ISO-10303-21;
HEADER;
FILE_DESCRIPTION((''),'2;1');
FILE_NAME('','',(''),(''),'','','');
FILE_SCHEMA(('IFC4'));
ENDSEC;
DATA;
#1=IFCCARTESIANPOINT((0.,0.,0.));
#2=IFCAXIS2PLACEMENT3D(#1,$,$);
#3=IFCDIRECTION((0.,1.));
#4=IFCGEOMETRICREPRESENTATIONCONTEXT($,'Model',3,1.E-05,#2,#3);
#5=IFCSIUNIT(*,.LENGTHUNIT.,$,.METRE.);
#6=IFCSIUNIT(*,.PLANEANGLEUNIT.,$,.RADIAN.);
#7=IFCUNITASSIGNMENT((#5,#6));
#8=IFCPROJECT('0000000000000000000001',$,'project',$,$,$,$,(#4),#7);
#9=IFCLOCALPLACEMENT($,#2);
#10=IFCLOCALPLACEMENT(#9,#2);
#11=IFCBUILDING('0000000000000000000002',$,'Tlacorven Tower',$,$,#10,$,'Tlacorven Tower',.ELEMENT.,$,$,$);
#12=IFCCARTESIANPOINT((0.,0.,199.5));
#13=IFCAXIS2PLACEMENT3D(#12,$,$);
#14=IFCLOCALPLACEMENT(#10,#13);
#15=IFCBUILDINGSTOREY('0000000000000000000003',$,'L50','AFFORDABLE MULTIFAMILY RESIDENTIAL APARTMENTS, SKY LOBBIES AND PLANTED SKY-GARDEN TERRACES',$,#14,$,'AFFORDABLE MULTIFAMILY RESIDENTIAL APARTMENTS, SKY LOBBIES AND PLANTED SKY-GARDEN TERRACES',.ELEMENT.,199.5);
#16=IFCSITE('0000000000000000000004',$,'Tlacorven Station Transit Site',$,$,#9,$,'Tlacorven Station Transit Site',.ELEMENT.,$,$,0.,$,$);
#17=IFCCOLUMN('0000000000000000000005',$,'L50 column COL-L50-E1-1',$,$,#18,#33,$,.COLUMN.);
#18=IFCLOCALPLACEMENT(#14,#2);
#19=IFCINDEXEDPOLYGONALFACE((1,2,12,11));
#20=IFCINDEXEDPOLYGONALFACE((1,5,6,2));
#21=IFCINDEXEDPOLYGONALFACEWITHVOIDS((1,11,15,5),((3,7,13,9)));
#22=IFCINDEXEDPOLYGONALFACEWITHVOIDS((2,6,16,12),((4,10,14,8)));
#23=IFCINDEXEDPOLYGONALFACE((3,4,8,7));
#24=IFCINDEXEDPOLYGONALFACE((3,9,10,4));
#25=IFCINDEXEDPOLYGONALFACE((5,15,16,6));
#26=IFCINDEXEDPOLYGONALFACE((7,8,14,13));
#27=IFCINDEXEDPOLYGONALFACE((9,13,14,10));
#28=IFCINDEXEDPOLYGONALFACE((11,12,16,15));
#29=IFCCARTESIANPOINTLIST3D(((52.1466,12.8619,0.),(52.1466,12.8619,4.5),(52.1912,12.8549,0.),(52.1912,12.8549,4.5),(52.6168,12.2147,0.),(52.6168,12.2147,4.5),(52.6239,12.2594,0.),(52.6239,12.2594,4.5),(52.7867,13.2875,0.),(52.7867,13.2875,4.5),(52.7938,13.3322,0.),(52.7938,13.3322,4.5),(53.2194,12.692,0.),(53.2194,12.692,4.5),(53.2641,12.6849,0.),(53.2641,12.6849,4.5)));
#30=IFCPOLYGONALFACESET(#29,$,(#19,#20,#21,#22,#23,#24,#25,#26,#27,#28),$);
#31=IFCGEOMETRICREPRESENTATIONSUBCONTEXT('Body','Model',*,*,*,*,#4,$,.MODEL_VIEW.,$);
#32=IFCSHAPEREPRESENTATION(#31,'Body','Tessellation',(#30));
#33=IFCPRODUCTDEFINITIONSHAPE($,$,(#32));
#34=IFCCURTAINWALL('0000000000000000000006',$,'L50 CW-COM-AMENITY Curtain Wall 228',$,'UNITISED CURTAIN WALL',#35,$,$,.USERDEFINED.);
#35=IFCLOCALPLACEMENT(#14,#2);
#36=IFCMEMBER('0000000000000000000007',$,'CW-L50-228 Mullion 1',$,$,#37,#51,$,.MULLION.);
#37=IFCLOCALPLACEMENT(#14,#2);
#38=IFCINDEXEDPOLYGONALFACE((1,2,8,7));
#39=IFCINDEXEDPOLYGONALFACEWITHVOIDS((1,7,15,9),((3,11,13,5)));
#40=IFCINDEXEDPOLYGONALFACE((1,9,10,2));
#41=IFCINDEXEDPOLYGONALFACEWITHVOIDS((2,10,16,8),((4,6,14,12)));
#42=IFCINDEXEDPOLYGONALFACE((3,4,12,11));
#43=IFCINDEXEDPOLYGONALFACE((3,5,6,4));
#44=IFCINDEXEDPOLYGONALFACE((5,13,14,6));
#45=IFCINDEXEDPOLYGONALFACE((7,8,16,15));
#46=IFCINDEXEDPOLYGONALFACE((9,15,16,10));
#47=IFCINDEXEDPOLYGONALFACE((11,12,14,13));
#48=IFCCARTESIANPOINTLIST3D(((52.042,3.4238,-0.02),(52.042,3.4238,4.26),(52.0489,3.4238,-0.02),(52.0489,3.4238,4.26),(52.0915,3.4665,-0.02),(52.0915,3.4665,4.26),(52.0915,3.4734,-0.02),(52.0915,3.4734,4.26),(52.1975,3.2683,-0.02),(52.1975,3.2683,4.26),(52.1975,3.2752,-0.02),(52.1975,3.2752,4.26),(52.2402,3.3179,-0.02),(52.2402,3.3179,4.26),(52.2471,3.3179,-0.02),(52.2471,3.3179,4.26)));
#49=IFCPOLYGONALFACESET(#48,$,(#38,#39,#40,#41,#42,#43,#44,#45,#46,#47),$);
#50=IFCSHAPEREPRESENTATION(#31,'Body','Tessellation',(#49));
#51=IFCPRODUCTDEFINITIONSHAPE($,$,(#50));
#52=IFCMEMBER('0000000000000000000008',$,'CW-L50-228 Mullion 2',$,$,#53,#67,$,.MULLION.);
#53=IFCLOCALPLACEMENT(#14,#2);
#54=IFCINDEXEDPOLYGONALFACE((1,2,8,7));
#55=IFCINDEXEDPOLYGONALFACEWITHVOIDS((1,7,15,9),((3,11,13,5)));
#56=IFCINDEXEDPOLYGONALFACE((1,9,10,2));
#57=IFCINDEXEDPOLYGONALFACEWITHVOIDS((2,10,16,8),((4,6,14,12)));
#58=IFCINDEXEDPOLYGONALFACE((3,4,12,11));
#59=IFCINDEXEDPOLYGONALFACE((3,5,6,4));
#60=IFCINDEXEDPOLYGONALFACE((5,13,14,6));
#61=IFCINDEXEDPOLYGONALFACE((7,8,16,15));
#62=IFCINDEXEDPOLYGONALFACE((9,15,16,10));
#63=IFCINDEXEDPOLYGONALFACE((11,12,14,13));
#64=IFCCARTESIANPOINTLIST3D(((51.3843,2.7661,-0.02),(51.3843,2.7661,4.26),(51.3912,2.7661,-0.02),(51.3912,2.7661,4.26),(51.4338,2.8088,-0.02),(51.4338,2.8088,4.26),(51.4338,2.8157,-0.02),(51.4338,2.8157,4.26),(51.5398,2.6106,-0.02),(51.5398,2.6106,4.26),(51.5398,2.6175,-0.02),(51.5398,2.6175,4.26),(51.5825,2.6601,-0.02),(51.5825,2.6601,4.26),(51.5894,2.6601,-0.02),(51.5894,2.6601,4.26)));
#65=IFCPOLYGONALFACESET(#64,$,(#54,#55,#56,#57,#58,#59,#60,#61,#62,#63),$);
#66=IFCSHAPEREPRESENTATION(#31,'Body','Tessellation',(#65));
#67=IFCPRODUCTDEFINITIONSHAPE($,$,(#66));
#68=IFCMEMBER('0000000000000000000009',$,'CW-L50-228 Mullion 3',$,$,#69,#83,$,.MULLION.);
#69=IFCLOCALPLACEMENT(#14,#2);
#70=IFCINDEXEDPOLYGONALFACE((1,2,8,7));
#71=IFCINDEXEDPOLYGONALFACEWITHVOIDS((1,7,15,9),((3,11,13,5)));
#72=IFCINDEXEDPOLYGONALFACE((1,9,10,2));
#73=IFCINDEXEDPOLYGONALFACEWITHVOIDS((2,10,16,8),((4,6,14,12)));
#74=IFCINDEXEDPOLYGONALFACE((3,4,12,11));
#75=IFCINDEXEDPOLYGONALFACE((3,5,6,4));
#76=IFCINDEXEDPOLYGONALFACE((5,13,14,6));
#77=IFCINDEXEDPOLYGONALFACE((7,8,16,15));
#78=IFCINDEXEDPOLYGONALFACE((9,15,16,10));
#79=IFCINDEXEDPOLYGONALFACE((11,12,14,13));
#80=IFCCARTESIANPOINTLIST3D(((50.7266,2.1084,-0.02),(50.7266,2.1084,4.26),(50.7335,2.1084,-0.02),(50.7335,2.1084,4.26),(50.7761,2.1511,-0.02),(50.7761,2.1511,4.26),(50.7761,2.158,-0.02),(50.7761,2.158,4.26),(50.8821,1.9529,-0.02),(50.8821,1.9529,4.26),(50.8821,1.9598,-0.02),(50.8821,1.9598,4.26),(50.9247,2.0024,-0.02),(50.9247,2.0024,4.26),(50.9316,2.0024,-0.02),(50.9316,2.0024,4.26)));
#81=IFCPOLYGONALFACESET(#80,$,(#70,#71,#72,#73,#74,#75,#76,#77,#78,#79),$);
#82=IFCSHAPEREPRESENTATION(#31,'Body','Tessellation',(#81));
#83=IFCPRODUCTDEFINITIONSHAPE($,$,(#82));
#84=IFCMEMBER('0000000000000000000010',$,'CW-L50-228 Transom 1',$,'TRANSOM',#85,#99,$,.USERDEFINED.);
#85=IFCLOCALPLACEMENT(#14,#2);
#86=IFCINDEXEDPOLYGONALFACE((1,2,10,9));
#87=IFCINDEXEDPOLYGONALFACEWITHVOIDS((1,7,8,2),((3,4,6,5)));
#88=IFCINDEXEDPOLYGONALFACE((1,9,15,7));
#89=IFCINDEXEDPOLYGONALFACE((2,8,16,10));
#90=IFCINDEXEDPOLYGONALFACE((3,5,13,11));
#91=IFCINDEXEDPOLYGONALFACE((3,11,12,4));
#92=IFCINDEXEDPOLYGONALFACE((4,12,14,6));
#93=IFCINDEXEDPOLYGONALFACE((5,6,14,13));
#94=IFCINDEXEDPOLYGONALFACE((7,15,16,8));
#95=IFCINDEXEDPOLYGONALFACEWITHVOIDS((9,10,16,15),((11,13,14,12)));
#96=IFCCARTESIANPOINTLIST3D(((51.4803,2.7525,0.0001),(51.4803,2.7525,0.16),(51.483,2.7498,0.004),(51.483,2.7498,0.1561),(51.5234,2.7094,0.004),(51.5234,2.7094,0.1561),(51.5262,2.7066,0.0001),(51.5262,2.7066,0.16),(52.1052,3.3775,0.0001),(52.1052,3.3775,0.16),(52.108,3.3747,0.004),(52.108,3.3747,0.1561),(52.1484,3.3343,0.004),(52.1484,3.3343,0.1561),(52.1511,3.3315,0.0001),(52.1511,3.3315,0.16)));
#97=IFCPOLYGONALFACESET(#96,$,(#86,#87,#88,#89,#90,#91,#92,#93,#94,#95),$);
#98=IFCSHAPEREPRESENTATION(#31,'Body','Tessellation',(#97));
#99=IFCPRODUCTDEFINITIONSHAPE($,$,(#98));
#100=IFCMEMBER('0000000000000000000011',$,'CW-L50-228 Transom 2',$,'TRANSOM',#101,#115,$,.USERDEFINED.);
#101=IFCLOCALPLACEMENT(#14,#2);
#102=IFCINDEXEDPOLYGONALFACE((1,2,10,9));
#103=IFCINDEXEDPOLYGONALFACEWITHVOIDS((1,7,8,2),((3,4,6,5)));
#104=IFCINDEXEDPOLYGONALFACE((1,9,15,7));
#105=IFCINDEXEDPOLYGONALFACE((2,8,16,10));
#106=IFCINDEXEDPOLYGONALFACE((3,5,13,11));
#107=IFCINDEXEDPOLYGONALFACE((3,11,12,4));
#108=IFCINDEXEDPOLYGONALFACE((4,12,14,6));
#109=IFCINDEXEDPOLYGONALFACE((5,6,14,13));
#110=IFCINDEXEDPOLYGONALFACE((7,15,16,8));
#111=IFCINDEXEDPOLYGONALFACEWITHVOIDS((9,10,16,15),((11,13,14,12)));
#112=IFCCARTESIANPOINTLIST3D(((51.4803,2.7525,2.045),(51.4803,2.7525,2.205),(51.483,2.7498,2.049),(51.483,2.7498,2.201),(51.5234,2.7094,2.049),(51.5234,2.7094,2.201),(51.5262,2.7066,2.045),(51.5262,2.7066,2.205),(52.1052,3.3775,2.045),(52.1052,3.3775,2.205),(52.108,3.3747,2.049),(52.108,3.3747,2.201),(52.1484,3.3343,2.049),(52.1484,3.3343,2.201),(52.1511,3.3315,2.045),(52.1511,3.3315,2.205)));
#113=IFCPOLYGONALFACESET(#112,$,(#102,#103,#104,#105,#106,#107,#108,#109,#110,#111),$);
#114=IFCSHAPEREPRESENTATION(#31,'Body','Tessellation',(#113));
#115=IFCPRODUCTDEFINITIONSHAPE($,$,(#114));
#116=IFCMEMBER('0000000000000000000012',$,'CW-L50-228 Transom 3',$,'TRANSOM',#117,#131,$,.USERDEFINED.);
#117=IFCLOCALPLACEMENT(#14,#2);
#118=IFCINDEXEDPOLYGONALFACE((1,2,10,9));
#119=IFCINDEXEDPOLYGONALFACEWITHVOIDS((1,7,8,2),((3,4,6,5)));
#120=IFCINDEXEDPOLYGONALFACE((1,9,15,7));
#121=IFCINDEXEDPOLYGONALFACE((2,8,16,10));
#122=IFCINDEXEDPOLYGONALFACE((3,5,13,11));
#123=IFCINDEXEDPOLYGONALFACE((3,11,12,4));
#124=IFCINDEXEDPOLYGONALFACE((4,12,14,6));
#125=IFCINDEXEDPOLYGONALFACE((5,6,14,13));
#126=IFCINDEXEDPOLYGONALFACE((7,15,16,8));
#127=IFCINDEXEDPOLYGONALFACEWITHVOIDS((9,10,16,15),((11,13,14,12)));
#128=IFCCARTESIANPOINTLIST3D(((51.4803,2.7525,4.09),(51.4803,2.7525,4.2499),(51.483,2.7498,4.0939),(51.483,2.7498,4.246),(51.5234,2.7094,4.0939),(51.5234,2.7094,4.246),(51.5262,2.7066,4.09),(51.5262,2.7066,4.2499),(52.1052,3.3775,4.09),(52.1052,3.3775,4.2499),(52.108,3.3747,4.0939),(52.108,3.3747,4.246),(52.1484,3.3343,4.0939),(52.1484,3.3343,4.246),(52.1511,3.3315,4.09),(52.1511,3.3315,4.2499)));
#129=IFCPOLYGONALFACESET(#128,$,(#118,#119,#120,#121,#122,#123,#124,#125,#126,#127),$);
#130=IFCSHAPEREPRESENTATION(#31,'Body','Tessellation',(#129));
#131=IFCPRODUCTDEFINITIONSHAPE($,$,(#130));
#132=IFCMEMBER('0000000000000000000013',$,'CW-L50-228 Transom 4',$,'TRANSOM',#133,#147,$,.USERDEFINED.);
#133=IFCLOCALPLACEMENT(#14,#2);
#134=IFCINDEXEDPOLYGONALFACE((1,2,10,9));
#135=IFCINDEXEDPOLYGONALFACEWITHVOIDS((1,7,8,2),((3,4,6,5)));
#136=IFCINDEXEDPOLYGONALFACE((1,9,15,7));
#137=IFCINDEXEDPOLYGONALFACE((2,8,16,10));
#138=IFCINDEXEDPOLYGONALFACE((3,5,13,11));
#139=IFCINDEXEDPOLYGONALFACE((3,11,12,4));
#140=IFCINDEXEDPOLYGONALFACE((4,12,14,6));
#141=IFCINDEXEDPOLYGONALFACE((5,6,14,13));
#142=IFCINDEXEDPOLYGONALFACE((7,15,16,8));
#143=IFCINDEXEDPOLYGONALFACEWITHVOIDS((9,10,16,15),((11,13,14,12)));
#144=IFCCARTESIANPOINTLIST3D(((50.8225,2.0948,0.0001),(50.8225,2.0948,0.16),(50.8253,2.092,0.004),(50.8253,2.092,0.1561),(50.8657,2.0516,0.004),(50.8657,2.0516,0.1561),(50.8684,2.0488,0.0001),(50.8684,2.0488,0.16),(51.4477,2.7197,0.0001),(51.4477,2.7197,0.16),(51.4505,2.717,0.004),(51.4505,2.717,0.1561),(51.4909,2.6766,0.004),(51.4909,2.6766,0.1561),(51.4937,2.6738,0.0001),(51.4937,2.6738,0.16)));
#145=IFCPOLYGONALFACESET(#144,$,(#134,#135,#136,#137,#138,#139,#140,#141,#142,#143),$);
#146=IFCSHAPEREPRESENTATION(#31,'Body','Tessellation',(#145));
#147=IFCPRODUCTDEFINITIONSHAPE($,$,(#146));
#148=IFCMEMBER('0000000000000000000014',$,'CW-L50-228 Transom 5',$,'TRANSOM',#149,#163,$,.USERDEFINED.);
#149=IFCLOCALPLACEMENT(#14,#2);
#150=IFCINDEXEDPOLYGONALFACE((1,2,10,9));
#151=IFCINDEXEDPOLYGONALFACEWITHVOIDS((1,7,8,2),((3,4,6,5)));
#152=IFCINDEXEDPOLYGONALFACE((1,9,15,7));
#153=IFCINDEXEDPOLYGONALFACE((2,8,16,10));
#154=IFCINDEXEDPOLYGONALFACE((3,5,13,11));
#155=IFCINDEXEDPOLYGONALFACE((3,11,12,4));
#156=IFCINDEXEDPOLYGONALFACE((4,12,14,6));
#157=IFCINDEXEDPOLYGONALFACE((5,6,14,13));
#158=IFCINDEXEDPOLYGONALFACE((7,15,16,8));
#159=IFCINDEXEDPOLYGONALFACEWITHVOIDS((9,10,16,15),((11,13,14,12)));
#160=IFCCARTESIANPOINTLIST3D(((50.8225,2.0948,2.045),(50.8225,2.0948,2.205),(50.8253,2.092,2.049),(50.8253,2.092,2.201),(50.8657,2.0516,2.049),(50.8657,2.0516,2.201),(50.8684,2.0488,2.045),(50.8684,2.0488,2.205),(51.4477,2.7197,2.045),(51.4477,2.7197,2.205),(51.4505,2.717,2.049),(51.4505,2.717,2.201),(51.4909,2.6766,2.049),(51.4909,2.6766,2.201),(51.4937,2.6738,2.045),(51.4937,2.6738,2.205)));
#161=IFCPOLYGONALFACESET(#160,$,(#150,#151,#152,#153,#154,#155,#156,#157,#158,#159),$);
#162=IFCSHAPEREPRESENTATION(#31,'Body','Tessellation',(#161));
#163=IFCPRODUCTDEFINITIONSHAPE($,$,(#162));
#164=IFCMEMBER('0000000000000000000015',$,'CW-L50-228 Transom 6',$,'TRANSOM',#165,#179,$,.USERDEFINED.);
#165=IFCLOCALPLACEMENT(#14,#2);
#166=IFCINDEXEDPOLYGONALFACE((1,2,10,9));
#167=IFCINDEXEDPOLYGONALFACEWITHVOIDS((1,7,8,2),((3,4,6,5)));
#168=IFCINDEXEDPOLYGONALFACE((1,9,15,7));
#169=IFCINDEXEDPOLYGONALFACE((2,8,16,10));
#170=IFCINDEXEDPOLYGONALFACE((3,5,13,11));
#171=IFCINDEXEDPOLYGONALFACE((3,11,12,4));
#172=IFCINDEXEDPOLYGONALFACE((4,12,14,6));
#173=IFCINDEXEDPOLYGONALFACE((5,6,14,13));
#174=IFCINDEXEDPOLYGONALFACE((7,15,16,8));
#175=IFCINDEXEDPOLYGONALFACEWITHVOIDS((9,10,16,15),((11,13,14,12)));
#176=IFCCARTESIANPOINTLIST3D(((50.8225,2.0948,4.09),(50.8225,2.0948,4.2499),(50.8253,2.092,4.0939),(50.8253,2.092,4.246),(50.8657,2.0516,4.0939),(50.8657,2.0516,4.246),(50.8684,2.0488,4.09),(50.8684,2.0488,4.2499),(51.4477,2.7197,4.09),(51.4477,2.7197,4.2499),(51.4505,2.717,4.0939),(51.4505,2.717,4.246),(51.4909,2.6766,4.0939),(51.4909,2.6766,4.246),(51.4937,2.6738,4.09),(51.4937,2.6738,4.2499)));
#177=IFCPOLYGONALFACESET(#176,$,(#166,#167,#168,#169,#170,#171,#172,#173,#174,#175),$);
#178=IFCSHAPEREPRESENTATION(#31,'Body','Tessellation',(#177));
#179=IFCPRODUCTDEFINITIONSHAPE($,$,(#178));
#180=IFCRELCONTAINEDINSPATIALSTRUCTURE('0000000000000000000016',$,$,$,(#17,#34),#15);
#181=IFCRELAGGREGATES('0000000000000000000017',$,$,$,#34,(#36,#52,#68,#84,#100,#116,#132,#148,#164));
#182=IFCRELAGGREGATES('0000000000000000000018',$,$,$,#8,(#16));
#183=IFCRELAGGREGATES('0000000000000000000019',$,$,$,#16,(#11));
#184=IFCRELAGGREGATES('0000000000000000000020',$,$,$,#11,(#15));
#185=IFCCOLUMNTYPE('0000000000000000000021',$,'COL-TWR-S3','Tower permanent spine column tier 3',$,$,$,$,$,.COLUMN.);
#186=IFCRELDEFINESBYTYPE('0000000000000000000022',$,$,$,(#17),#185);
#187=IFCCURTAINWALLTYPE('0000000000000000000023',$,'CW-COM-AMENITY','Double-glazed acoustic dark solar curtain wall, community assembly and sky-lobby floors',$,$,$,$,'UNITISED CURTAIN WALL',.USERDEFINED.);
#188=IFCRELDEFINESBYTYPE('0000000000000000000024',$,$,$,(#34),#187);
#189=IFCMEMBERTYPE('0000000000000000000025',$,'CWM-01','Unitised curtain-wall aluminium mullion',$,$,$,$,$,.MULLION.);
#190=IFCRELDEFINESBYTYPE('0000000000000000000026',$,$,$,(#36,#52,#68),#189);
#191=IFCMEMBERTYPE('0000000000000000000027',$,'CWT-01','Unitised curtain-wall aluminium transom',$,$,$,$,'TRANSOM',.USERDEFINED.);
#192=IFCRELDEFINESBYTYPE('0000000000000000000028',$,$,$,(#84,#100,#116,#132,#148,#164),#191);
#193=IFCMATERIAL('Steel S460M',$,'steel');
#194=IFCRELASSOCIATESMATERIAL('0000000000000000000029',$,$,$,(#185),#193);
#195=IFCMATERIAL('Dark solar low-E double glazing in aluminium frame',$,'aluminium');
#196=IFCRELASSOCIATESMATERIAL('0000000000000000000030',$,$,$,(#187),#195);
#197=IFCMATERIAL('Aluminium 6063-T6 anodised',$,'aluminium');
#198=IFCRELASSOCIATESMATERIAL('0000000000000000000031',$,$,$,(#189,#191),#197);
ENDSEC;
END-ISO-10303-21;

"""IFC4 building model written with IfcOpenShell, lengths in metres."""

from ifc_helpers import new_model, si_unit, direction, frame, origin, origin_2d, place, context, subcontext, project, spatial, hollow_rectangle, extrude, source, transform, mapped, material, material_profile, profile_set, type_object, element, aggregate, save


model = new_model("IFC4")

# Units and contexts
model_context = context("Model", 3, precision=1e-05, world=origin(), true_north=direction((0.0, 1.0)))
body_context = subcontext(model_context, "Body", "Model", "MODEL_VIEW")
ifc_project = project(units=[si_unit("LENGTHUNIT", "METRE"), si_unit("PLANEANGLEUNIT", "RADIAN")], contexts=[model_context])

# Site, building, storey
site_placement = place(None, origin())
site = spatial("IfcSite", under=ifc_project, at=site_placement, Name="Tlacorven Station Transit Site", LongName="Tlacorven Station Transit Site", CompositionType="ELEMENT", RefElevation=0.0)
building_placement = place(site_placement, origin())
building = spatial("IfcBuilding", under=site, at=building_placement, Name="Tlacorven Tower", LongName="Tlacorven Tower", CompositionType="ELEMENT")
storey_placement = place(building_placement, frame((0.0, 0.0, 199.5)))
storey = spatial("IfcBuildingStorey", under=building, at=storey_placement, Name="L50", Description="AFFORDABLE MULTIFAMILY RESIDENTIAL APARTMENTS, SKY LOBBIES AND PLANTED SKY-GARDEN TERRACES", LongName="AFFORDABLE MULTIFAMILY RESIDENTIAL APARTMENTS, SKY LOBBIES AND PLANTED SKY-GARDEN TERRACES", CompositionType="ELEMENT", Elevation=199.5)

# Column
ifc_material_1 = material(Name="Steel S460M", Category="steel")
ifc_material_profile_1 = material_profile(ifc_material_1, hollow_rectangle(XDim=0.8, YDim=0.8, WallThickness=0.032, at=origin_2d()), Name="BOX 800X800X32")
ifc_profile_set_1 = profile_set([ifc_material_profile_1], Name="Steel S460M")
column_type = type_object("IfcColumnType", Name="COL-TWR-S3", Description="Tower permanent spine column tier 3", PredefinedType="COLUMN", material=ifc_profile_set_1)
shared_shape_1 = source(origin(), body_context, "Body", "SweptSolid", [
    extrude(hollow_rectangle(XDim=0.8, YDim=0.8, WallThickness=0.032, at=origin_2d()), origin(), (0.0, 0.0, 1.0), 4.5),
])
column_placement = place(storey_placement, frame((52.7053, 12.7734, 0.0), z_axis=(0.0, 0.0, 1.0), x_axis=(0.809017, 0.587785, 0.0)))
element("IfcColumn", 1, at=column_placement, inside=storey, type_object=column_type, Name="L50 column COL-L50-E1-1", PredefinedType="COLUMN", context=body_context, shape_type="MappedRepresentation", body=[
    mapped(shared_shape_1, transform((0.0, 0.0, 0.0), scale=1.0)),
])

# Curtain wall, members
ifc_material_2 = material(Name="Dark solar low-E double glazing in aluminium frame", Category="aluminium")
curtain_wall_type = type_object("IfcCurtainWallType", Name="CW-COM-AMENITY", Description="Double-glazed acoustic dark solar curtain wall, community assembly and sky-lobby floors", ElementType="UNITISED CURTAIN WALL", PredefinedType="USERDEFINED", material=ifc_material_2)
curtain_wall_placement = place(storey_placement, origin())
curtain_wall = element("IfcCurtainWall", 2, at=curtain_wall_placement, inside=storey, type_object=curtain_wall_type, Name="L50 CW-COM-AMENITY Curtain Wall 228", ObjectType="UNITISED CURTAIN WALL", PredefinedType="USERDEFINED")
ifc_material_3 = material(Name="Aluminium 6063-T6 anodised", Category="aluminium")
ifc_material_profile_2 = material_profile(ifc_material_3, hollow_rectangle(XDim=0.0701, YDim=0.22, WallThickness=0.0049, at=origin_2d()), Name="ALU MULLION 70X220")
ifc_profile_set_2 = profile_set([ifc_material_profile_2], Name="Aluminium 6063-T6 anodised")
member_type_1 = type_object("IfcMemberType", Name="CWM-01", Description="Unitised curtain-wall aluminium mullion", PredefinedType="MULLION", material=ifc_profile_set_2)
shared_shape_2 = source(origin(), body_context, "Body", "SweptSolid", [
    extrude(hollow_rectangle(XDim=0.0701, YDim=0.22, WallThickness=0.0049, at=origin_2d()), origin(), (0.0, 0.0, 1.0), 4.28),
])
member_1_placement = place(storey_placement, frame((52.1445, 3.3708, -0.02), z_axis=(0.0, 0.0, 1.0), x_axis=(-0.707107, -0.707107, 0.0)))
member_1 = element("IfcMember", 3, at=member_1_placement, type_object=member_type_1, Name="CW-L50-228 Mullion 1", PredefinedType="MULLION", context=body_context, shape_type="MappedRepresentation", body=[
    mapped(shared_shape_2, transform((0.0, 0.0, 0.0), scale=1.0)),
])
member_2_placement = place(storey_placement, frame((51.4868, 2.7131, -0.02), z_axis=(0.0, 0.0, 1.0), x_axis=(-0.707107, -0.707107, 0.0)))
member_2 = element("IfcMember", 4, at=member_2_placement, type_object=member_type_1, Name="CW-L50-228 Mullion 2", PredefinedType="MULLION", context=body_context, shape_type="MappedRepresentation", body=[
    mapped(shared_shape_2, transform((0.0, 0.0, 0.0), scale=1.0)),
])
member_3_placement = place(storey_placement, frame((50.8291, 2.0554, -0.02), z_axis=(0.0, 0.0, 1.0), x_axis=(-0.707107, -0.707107, 0.0)))
member_3 = element("IfcMember", 5, at=member_3_placement, type_object=member_type_1, Name="CW-L50-228 Mullion 3", PredefinedType="MULLION", context=body_context, shape_type="MappedRepresentation", body=[
    mapped(shared_shape_2, transform((0.0, 0.0, 0.0), scale=1.0)),
])
ifc_material_profile_3 = material_profile(ifc_material_3, hollow_rectangle(XDim=0.0649, YDim=0.1599, WallThickness=0.0039, at=origin_2d()), Name="ALU TRANSOM 65X160")
ifc_profile_set_3 = profile_set([ifc_material_profile_3], Name="Aluminium 6063-T6 anodised")
member_type_2 = type_object("IfcMemberType", Name="CWT-01", Description="Unitised curtain-wall aluminium transom", ElementType="TRANSOM", PredefinedType="USERDEFINED", material=ifc_profile_set_3)
shared_shape_3 = source(origin(), body_context, "Body", "SweptSolid", [
    extrude(hollow_rectangle(XDim=0.0649, YDim=0.1599, WallThickness=0.0039, at=origin_2d()), origin(), (0.0, 0.0, 1.0), 0.8838),
])
member_4_placement = place(storey_placement, frame((52.1282, 3.3545, 0.0801), z_axis=(-0.707107, -0.707107, 0.0), x_axis=(0.707107, -0.707107, 0.0)))
member_4 = element("IfcMember", 6, at=member_4_placement, type_object=member_type_2, Name="CW-L50-228 Transom 1", ObjectType="TRANSOM", PredefinedType="USERDEFINED", context=body_context, shape_type="MappedRepresentation", body=[
    mapped(shared_shape_3, transform((0.0, 0.0, 0.0), scale=1.0)),
])
member_5_placement = place(storey_placement, frame((52.1282, 3.3545, 2.125), z_axis=(-0.707107, -0.707107, 0.0), x_axis=(0.707107, -0.707107, 0.0)))
member_5 = element("IfcMember", 7, at=member_5_placement, type_object=member_type_2, Name="CW-L50-228 Transom 2", ObjectType="TRANSOM", PredefinedType="USERDEFINED", context=body_context, shape_type="MappedRepresentation", body=[
    mapped(shared_shape_3, transform((0.0, 0.0, 0.0), scale=1.0)),
])
member_6_placement = place(storey_placement, frame((52.1282, 3.3545, 4.1699), z_axis=(-0.707107, -0.707107, 0.0), x_axis=(0.707107, -0.707107, 0.0)))
member_6 = element("IfcMember", 8, at=member_6_placement, type_object=member_type_2, Name="CW-L50-228 Transom 3", ObjectType="TRANSOM", PredefinedType="USERDEFINED", context=body_context, shape_type="MappedRepresentation", body=[
    mapped(shared_shape_3, transform((0.0, 0.0, 0.0), scale=1.0)),
])
shared_shape_4 = source(origin(), body_context, "Body", "SweptSolid", [
    extrude(hollow_rectangle(XDim=0.0649, YDim=0.1599, WallThickness=0.0039, at=origin_2d()), origin(), (0.0, 0.0, 1.0), 0.884),
])
member_7_placement = place(storey_placement, frame((51.4707, 2.6968, 0.0801), z_axis=(-0.707245, -0.706969, 0.0), x_axis=(0.706969, -0.707245, 0.0)))
member_7 = element("IfcMember", 9, at=member_7_placement, type_object=member_type_2, Name="CW-L50-228 Transom 4", ObjectType="TRANSOM", PredefinedType="USERDEFINED", context=body_context, shape_type="MappedRepresentation", body=[
    mapped(shared_shape_4, transform((0.0, 0.0, 0.0), scale=1.0)),
])
member_8_placement = place(storey_placement, frame((51.4707, 2.6968, 2.125), z_axis=(-0.707245, -0.706969, 0.0), x_axis=(0.706969, -0.707245, 0.0)))
member_8 = element("IfcMember", 10, at=member_8_placement, type_object=member_type_2, Name="CW-L50-228 Transom 5", ObjectType="TRANSOM", PredefinedType="USERDEFINED", context=body_context, shape_type="MappedRepresentation", body=[
    mapped(shared_shape_4, transform((0.0, 0.0, 0.0), scale=1.0)),
])
member_9_placement = place(storey_placement, frame((51.4707, 2.6968, 4.1699), z_axis=(-0.707245, -0.706969, 0.0), x_axis=(0.706969, -0.707245, 0.0)))
member_9 = element("IfcMember", 11, at=member_9_placement, type_object=member_type_2, Name="CW-L50-228 Transom 6", ObjectType="TRANSOM", PredefinedType="USERDEFINED", context=body_context, shape_type="MappedRepresentation", body=[
    mapped(shared_shape_4, transform((0.0, 0.0, 0.0), scale=1.0)),
])
aggregate(curtain_wall, [member_1, member_2, member_3, member_4, member_5, member_6, member_7, member_8, member_9])

save(model, "model.ifc")
